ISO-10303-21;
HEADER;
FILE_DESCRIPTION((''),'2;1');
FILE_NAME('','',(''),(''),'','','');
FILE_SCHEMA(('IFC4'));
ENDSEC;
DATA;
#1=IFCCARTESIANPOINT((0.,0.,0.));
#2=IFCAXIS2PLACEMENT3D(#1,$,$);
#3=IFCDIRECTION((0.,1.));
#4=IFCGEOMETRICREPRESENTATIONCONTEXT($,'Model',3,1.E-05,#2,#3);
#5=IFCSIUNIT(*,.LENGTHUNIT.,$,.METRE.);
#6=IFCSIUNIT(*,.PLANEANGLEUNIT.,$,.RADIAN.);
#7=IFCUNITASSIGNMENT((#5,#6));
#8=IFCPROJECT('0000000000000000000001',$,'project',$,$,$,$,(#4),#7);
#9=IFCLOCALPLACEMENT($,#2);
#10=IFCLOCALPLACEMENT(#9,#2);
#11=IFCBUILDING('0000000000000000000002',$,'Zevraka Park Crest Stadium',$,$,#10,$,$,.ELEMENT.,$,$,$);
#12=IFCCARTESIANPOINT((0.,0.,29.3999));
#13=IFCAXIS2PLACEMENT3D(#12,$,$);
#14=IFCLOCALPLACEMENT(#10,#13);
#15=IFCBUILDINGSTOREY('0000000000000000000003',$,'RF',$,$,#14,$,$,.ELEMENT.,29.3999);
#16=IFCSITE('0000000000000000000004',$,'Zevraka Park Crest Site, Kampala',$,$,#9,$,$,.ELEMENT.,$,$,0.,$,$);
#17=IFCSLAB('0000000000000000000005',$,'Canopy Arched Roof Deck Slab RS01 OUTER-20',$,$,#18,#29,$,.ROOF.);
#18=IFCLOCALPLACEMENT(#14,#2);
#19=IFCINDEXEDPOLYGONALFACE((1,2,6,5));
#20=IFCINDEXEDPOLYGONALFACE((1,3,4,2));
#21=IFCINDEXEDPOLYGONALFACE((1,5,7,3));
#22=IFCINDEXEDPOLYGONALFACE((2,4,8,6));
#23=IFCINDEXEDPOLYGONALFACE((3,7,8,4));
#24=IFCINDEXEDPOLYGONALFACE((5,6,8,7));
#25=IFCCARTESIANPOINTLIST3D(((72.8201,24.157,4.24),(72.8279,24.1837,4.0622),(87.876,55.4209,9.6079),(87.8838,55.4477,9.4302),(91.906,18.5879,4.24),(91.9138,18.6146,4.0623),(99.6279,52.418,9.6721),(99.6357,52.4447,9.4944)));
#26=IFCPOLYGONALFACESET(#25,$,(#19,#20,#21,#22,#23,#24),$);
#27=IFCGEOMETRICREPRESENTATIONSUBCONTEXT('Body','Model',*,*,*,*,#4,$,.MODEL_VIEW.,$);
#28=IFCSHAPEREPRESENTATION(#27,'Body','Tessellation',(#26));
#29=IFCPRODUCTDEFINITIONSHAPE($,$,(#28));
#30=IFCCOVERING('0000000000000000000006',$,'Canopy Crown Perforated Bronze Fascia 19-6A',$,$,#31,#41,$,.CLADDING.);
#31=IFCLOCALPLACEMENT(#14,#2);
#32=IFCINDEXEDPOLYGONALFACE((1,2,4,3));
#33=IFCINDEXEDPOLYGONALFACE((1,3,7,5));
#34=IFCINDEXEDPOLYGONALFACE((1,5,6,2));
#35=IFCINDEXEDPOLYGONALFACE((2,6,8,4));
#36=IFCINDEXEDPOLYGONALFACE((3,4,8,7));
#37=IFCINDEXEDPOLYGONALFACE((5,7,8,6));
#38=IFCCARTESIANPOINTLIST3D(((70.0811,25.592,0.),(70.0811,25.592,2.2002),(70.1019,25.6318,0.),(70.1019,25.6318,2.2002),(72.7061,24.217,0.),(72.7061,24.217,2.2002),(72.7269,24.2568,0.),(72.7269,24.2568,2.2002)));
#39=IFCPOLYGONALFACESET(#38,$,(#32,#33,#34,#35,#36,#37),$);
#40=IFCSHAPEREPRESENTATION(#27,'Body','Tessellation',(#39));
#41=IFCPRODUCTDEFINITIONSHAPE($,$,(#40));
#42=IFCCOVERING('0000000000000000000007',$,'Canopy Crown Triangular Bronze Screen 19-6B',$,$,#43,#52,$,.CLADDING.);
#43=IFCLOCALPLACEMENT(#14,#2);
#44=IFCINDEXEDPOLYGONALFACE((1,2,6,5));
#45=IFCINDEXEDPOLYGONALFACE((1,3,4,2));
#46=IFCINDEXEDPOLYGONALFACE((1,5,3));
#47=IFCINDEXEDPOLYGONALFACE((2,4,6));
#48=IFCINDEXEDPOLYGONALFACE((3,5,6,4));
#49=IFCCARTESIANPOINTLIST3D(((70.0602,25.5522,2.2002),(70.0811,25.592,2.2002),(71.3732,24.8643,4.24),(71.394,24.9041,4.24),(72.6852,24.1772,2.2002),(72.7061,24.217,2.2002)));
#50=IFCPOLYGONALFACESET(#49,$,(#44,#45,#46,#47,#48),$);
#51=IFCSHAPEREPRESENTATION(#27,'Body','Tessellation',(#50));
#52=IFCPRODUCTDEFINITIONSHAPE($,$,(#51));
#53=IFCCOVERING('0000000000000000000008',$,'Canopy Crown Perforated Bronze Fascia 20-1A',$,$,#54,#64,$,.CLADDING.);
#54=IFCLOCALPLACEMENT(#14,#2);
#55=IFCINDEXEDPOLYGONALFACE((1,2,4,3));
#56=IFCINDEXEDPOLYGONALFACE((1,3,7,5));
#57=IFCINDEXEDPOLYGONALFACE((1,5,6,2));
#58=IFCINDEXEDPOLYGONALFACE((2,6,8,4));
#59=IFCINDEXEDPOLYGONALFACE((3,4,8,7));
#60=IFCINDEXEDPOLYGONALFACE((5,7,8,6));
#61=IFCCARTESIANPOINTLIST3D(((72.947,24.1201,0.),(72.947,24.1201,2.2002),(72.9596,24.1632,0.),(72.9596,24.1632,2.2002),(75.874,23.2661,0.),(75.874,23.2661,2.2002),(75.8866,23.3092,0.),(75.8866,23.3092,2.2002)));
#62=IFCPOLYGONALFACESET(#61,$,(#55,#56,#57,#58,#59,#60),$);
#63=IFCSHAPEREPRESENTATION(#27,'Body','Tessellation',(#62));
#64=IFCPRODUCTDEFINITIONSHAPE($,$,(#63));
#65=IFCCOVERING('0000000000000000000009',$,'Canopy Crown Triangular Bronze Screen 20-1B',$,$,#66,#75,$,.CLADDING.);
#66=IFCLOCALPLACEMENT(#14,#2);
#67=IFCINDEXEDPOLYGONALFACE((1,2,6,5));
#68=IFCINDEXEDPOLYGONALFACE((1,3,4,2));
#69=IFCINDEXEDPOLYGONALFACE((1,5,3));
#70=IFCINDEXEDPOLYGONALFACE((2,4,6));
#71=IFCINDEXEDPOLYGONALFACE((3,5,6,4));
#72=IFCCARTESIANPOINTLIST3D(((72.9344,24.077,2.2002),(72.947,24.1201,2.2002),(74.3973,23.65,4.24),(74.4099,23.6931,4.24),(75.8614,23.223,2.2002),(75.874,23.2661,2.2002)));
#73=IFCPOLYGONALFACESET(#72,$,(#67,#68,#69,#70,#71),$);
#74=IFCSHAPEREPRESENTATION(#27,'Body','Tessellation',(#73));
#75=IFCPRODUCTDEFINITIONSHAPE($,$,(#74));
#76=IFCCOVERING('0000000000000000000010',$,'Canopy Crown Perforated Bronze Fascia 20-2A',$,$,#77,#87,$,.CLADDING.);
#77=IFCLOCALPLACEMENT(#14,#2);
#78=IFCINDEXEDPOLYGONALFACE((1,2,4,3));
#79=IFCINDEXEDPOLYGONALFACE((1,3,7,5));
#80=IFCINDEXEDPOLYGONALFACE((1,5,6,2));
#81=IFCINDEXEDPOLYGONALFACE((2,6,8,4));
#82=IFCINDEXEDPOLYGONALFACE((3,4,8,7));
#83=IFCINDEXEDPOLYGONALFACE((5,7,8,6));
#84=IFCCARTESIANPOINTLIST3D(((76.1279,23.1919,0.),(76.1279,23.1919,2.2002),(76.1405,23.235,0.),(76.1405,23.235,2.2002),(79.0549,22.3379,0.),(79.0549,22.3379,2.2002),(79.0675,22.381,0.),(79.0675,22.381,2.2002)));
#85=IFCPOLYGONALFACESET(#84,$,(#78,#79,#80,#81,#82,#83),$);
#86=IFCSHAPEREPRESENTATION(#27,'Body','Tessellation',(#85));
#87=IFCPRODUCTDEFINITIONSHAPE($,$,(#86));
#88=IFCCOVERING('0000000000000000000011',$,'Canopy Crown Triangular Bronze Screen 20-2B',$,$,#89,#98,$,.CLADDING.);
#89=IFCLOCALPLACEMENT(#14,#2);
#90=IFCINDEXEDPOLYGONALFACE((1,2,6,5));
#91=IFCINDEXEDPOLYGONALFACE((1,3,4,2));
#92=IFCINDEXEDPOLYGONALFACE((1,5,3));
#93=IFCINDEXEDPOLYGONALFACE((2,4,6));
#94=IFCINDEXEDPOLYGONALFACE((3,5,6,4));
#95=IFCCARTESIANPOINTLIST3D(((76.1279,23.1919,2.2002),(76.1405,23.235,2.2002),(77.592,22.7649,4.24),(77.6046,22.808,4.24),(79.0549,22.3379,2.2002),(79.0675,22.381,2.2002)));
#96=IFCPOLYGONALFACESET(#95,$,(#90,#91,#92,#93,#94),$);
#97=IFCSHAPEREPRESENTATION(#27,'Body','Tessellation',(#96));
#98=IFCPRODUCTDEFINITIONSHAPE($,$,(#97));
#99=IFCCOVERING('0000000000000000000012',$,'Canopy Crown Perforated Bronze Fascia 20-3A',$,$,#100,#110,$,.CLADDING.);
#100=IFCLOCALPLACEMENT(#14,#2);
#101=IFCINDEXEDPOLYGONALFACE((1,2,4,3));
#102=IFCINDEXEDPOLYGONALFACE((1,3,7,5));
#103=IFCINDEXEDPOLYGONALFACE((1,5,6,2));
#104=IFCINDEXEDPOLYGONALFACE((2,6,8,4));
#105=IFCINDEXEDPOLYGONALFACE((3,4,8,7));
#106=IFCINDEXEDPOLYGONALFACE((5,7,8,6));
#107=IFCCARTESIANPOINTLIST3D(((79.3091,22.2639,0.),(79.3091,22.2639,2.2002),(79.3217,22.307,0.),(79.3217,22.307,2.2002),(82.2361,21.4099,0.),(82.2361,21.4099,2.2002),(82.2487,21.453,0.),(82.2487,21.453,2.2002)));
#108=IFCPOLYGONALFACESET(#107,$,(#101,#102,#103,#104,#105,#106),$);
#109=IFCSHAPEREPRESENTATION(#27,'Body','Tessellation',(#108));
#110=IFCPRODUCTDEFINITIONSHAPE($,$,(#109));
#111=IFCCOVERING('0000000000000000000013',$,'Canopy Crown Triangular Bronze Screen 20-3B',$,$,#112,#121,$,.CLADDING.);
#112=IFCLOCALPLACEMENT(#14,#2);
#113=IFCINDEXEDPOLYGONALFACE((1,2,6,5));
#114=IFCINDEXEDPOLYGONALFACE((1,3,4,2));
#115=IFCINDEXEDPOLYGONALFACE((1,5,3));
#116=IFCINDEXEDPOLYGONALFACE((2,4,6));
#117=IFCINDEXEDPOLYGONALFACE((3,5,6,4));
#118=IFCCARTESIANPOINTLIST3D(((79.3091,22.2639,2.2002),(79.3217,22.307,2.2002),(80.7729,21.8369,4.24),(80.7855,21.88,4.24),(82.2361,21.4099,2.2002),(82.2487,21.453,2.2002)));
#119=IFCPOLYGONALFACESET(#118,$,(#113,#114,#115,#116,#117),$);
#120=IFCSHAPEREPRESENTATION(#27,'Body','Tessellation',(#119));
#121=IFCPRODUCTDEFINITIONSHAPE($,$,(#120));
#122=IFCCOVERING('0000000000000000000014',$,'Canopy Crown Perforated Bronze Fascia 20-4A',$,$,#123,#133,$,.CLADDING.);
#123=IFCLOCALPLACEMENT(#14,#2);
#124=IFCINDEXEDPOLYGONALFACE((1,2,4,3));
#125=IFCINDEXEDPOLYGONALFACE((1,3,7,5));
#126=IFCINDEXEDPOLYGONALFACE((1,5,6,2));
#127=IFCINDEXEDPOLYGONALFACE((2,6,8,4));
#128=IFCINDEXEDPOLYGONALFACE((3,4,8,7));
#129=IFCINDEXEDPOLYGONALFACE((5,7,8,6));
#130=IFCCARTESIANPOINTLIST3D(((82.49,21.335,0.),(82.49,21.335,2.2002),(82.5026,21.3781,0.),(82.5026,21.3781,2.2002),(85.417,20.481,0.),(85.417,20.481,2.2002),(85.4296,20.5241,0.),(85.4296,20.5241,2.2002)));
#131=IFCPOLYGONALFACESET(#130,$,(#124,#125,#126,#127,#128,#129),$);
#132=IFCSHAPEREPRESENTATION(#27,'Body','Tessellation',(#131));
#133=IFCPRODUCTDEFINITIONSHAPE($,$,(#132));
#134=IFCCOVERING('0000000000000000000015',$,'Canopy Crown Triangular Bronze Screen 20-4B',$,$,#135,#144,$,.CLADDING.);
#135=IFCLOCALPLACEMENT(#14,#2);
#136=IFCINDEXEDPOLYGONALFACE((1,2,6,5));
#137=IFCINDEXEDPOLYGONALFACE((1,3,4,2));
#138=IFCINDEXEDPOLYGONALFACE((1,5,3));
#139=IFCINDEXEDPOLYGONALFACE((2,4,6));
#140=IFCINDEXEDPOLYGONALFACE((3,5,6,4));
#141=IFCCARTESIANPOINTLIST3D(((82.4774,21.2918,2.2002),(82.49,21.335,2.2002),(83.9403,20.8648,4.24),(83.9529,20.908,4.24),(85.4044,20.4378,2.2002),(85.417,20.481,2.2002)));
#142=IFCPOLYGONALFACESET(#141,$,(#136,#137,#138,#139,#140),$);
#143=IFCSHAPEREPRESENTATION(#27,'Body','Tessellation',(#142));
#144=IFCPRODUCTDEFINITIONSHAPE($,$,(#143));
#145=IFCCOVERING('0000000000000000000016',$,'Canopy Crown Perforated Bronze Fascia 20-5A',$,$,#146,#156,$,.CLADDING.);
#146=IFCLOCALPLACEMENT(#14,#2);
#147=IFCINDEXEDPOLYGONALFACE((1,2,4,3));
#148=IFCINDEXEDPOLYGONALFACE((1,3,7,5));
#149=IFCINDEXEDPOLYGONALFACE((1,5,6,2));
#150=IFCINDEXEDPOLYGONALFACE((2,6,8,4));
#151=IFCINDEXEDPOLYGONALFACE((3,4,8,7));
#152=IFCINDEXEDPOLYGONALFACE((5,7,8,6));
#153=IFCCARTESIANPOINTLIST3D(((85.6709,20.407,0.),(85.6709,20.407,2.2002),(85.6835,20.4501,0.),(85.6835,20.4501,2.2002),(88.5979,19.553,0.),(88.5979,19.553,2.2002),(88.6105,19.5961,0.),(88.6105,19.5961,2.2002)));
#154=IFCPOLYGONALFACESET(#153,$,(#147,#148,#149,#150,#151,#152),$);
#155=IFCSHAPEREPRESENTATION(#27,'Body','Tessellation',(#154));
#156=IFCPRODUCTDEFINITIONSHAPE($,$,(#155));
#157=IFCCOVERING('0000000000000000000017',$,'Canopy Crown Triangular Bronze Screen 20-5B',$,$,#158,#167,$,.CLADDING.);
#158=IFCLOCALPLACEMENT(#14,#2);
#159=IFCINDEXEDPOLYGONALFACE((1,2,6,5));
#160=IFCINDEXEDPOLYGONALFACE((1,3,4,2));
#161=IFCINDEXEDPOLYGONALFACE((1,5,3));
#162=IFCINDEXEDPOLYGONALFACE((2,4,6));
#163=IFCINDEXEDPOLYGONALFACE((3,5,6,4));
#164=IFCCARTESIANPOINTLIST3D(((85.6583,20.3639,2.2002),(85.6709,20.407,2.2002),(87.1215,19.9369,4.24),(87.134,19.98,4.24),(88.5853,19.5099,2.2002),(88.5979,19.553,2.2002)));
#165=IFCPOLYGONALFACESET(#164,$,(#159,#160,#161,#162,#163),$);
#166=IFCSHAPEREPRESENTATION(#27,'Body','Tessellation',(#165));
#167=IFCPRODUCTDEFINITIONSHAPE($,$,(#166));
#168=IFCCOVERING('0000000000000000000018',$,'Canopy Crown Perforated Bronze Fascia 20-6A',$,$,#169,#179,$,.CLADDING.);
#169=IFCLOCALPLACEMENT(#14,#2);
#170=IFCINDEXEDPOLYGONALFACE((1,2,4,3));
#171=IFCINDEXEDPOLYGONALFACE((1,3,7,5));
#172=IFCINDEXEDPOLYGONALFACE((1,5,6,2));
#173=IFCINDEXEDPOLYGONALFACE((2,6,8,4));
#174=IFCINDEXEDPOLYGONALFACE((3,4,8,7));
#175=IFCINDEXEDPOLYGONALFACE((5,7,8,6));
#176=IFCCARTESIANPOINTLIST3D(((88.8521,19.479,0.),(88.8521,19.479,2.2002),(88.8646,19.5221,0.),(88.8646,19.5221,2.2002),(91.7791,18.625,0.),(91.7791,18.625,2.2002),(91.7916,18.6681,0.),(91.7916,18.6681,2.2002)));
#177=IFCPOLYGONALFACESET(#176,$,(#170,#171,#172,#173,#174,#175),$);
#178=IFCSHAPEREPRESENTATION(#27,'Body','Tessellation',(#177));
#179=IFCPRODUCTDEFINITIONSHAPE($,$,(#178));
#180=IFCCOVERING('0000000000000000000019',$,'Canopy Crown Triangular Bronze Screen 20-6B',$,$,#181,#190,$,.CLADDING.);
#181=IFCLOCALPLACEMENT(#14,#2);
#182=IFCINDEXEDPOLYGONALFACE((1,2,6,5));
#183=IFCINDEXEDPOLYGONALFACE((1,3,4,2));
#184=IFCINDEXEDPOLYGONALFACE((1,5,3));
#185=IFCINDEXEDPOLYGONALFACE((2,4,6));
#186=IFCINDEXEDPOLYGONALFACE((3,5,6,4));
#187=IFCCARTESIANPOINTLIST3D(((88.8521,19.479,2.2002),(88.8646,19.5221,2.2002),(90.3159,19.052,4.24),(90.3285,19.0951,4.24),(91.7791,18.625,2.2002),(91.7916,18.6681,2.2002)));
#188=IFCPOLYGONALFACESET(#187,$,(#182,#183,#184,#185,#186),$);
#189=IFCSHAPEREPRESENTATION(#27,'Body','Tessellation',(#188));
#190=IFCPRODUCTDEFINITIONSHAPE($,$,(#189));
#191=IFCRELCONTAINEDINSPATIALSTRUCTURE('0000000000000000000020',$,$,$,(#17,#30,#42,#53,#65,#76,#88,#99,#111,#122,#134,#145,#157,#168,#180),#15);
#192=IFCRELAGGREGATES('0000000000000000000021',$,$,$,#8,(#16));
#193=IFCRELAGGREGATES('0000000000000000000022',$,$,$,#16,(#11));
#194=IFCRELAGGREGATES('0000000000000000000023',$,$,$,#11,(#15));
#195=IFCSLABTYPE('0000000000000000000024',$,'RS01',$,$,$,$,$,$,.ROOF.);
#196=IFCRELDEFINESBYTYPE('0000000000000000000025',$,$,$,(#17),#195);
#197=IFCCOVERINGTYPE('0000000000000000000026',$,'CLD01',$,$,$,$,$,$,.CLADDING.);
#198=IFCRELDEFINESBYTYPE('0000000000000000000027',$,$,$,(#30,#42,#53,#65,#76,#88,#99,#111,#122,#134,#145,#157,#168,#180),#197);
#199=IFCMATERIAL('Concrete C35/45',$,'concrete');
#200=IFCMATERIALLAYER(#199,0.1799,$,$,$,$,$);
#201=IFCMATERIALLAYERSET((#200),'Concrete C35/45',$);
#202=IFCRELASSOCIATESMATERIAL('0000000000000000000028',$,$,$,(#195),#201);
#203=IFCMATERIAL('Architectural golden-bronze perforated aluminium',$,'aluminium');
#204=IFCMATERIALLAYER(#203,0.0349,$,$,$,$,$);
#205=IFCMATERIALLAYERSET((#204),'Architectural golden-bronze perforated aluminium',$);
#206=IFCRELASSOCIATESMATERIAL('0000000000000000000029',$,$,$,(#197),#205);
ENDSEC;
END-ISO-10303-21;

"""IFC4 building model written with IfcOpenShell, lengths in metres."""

from ifc_helpers import new_model, si_unit, direction, frame, origin, place, context, subcontext, project, spatial, polyline, outline, extrude, material, layer, layer_set, type_object, element, save


model = new_model("IFC4")

# Units and contexts
model_context = context("Model", 3, precision=1e-05, world=origin(), true_north=direction((0.0, 1.0)))
body_context = subcontext(model_context, "Body", "Model", "MODEL_VIEW")
ifc_project = project(units=[si_unit("LENGTHUNIT", "METRE"), si_unit("PLANEANGLEUNIT", "RADIAN")], contexts=[model_context])

# Site, building, storey
site_placement = place(None, origin())
site = spatial("IfcSite", under=ifc_project, at=site_placement, Name="Zevraka Park Crest Site, Kampala", CompositionType="ELEMENT", RefElevation=0.0)
building_placement = place(site_placement, origin())
building = spatial("IfcBuilding", under=site, at=building_placement, Name="Zevraka Park Crest Stadium", CompositionType="ELEMENT")
storey_placement = place(building_placement, frame((0.0, 0.0, 29.3999)))
storey = spatial("IfcBuildingStorey", under=building, at=storey_placement, Name="RF", CompositionType="ELEMENT", Elevation=29.3999)

# Slab
ifc_material_1 = material(Name="Concrete C35/45", Category="concrete")
ifc_layer_1 = layer(ifc_material_1, 0.1799)
ifc_layer_set_1 = layer_set([ifc_layer_1], Name="Concrete C35/45")
slab_type = type_object("IfcSlabType", Name="RS01", PredefinedType="ROOF", material=ifc_layer_set_1)
slab_placement = place(storey_placement, frame((72.8201, 24.157, 4.24), z_axis=(-0.043398, -0.148725, 0.987926), x_axis=(0.959968, -0.28011, 0.000002)))
element("IfcSlab", 1, at=slab_placement, inside=storey, type_object=slab_type, Name="Canopy Arched Roof Deck Slab RS01 OUTER-20", PredefinedType="ROOF", context=body_context, shape_type="SweptSolid", body=[
    extrude(outline(polyline([(0.0, 0.0), (19.8818, 0.0), (17.8185, 35.0621), (5.6959, 34.648), (0.0, 0.0)])), origin(), (0.0, 0.0, -1.0), 0.1799),
])

# Coverings
ifc_material_2 = material(Name="Architectural golden-bronze perforated aluminium", Category="aluminium")
ifc_layer_2 = layer(ifc_material_2, 0.0349)
ifc_layer_set_2 = layer_set([ifc_layer_2], Name="Architectural golden-bronze perforated aluminium")
covering_type_1 = type_object("IfcCoveringType", Name="CLD01", PredefinedType="CLADDING", material=ifc_layer_set_2)
covering_1_placement = place(storey_placement, frame((70.0811, 25.592, 0.0), z_axis=(-0.464007, -0.885832, 0.0), x_axis=(0.885832, -0.464007, 0.0)))
element("IfcCovering", 2, at=covering_1_placement, inside=storey, type_object=covering_type_1, Name="Canopy Crown Perforated Bronze Fascia 19-6A", PredefinedType="CLADDING", context=body_context, shape_type="SweptSolid", body=[
    extrude(outline(polyline([(0.0, 0.0), (2.9633, 0.0), (2.9633, 2.2002), (0.0, 2.2002), (0.0, 0.0)])), origin(), (0.0, 0.0, -1.0), 0.0449),
])
covering_2_placement = place(storey_placement, frame((70.0811, 25.592, 2.2002), z_axis=(0.464007, 0.885832, 0.000101), x_axis=(0.885832, -0.464007, 0.0)))
element("IfcCovering", 3, at=covering_2_placement, inside=storey, type_object=covering_type_1, Name="Canopy Crown Triangular Bronze Screen 19-6B", PredefinedType="CLADDING", context=body_context, shape_type="SweptSolid", body=[
    extrude(outline(polyline([(0.0, 0.0), (2.9633, 0.0), (1.4823, -2.0398), (0.0, 0.0)])), origin(), (0.0, 0.0, -1.0), 0.0449),
])
covering_3_placement = place(storey_placement, frame((72.947, 24.1201, 0.0), z_axis=(-0.280089, -0.959974, 0.0), x_axis=(0.959974, -0.280089, 0.0)))
element("IfcCovering", 4, at=covering_3_placement, inside=storey, type_object=covering_type_1, Name="Canopy Crown Perforated Bronze Fascia 20-1A", PredefinedType="CLADDING", context=body_context, shape_type="SweptSolid", body=[
    extrude(outline(polyline([(0.0, 0.0), (3.049, 0.0), (3.049, 2.2002), (0.0, 2.2002), (0.0, 0.0)])), origin(), (0.0, 0.0, -1.0), 0.0449),
])
covering_4_placement = place(storey_placement, frame((72.947, 24.1201, 2.2002), z_axis=(0.280089, 0.959974, 0.000084), x_axis=(0.959974, -0.280089, 0.0)))
element("IfcCovering", 5, at=covering_4_placement, inside=storey, type_object=covering_type_1, Name="Canopy Crown Triangular Bronze Screen 20-1B", PredefinedType="CLADDING", context=body_context, shape_type="SweptSolid", body=[
    extrude(outline(polyline([(0.0, 0.0), (3.049, 0.0), (1.5239, -2.0398), (0.0, 0.0)])), origin(), (0.0, 0.0, -1.0), 0.0449),
])
covering_5_placement = place(storey_placement, frame((76.1279, 23.1919, 0.0), z_axis=(-0.280089, -0.959974, 0.0), x_axis=(0.959974, -0.280089, 0.0)))
element("IfcCovering", 6, at=covering_5_placement, inside=storey, type_object=covering_type_1, Name="Canopy Crown Perforated Bronze Fascia 20-2A", PredefinedType="CLADDING", context=body_context, shape_type="SweptSolid", body=[
    extrude(outline(polyline([(0.0, 0.0), (3.049, 0.0), (3.049, 2.2002), (0.0, 2.2002), (0.0, 0.0)])), origin(), (0.0, 0.0, -1.0), 0.0449),
])
covering_6_placement = place(storey_placement, frame((76.1279, 23.1919, 2.2002), z_axis=(-0.280089, -0.959974, 0.000084), x_axis=(0.959974, -0.280089, 0.0)))
element("IfcCovering", 7, at=covering_6_placement, inside=storey, type_object=covering_type_1, Name="Canopy Crown Triangular Bronze Screen 20-2B", PredefinedType="CLADDING", context=body_context, shape_type="SweptSolid", body=[
    extrude(outline(polyline([(0.0, 0.0), (3.049, 0.0), (1.5251, 2.0398), (0.0, 0.0)])), origin(), (0.0, 0.0, -1.0), 0.0449),
])
covering_7_placement = place(storey_placement, frame((79.3091, 22.2639, 0.0), z_axis=(-0.280089, -0.959974, 0.0), x_axis=(0.959974, -0.280089, 0.0)))
element("IfcCovering", 8, at=covering_7_placement, inside=storey, type_object=covering_type_1, Name="Canopy Crown Perforated Bronze Fascia 20-3A", PredefinedType="CLADDING", context=body_context, shape_type="SweptSolid", body=[
    extrude(outline(polyline([(0.0, 0.0), (3.049, 0.0), (3.049, 2.2002), (0.0, 2.2002), (0.0, 0.0)])), origin(), (0.0, 0.0, -1.0), 0.0449),
])
covering_8_placement = place(storey_placement, frame((79.3091, 22.2639, 2.2002), z_axis=(-0.280089, -0.959974, 0.00005), x_axis=(0.959974, -0.280089, 0.0)))
element("IfcCovering", 9, at=covering_8_placement, inside=storey, type_object=covering_type_1, Name="Canopy Crown Triangular Bronze Screen 20-3B", PredefinedType="CLADDING", context=body_context, shape_type="SweptSolid", body=[
    extrude(outline(polyline([(0.0, 0.0), (3.049, 0.0), (1.5249, 2.0398), (0.0, 0.0)])), origin(), (0.0, 0.0, -1.0), 0.0449),
])
covering_9_placement = place(storey_placement, frame((82.49, 21.335, 0.0), z_axis=(-0.280089, -0.959974, 0.0), x_axis=(0.959974, -0.280089, 0.0)))
element("IfcCovering", 10, at=covering_9_placement, inside=storey, type_object=covering_type_1, Name="Canopy Crown Perforated Bronze Fascia 20-4A", PredefinedType="CLADDING", context=body_context, shape_type="SweptSolid", body=[
    extrude(outline(polyline([(0.0, 0.0), (3.049, 0.0), (3.049, 2.2002), (0.0, 2.2002), (0.0, 0.0)])), origin(), (0.0, 0.0, -1.0), 0.0449),
])
covering_10_placement = place(storey_placement, frame((82.49, 21.335, 2.2002), z_axis=(0.280089, 0.959974, 0.000084), x_axis=(0.959974, -0.280089, 0.0)))
element("IfcCovering", 11, at=covering_10_placement, inside=storey, type_object=covering_type_1, Name="Canopy Crown Triangular Bronze Screen 20-4B", PredefinedType="CLADDING", context=body_context, shape_type="SweptSolid", body=[
    extrude(outline(polyline([(0.0, 0.0), (3.049, 0.0), (1.5239, -2.0398), (0.0, 0.0)])), origin(), (0.0, 0.0, -1.0), 0.0449),
])
covering_11_placement = place(storey_placement, frame((85.6709, 20.407, 0.0), z_axis=(-0.280089, -0.959974, 0.0), x_axis=(0.959974, -0.280089, 0.0)))
element("IfcCovering", 12, at=covering_11_placement, inside=storey, type_object=covering_type_1, Name="Canopy Crown Perforated Bronze Fascia 20-5A", PredefinedType="CLADDING", context=body_context, shape_type="SweptSolid", body=[
    extrude(outline(polyline([(0.0, 0.0), (3.049, 0.0), (3.049, 2.2002), (0.0, 2.2002), (0.0, 0.0)])), origin(), (0.0, 0.0, -1.0), 0.0449),
])
covering_12_placement = place(storey_placement, frame((85.6709, 20.407, 2.2002), z_axis=(0.280089, 0.959974, 0.00005), x_axis=(0.959974, -0.280089, 0.0)))
element("IfcCovering", 13, at=covering_12_placement, inside=storey, type_object=covering_type_1, Name="Canopy Crown Triangular Bronze Screen 20-5B", PredefinedType="CLADDING", context=body_context, shape_type="SweptSolid", body=[
    extrude(outline(polyline([(0.0, 0.0), (3.049, 0.0), (1.5242, -2.0398), (0.0, 0.0)])), origin(), (0.0, 0.0, -1.0), 0.0449),
])
covering_13_placement = place(storey_placement, frame((88.8521, 19.479, 0.0), z_axis=(-0.280089, -0.959974, 0.0), x_axis=(0.959974, -0.280089, 0.0)))
element("IfcCovering", 14, at=covering_13_placement, inside=storey, type_object=covering_type_1, Name="Canopy Crown Perforated Bronze Fascia 20-6A", PredefinedType="CLADDING", context=body_context, shape_type="SweptSolid", body=[
    extrude(outline(polyline([(0.0, 0.0), (3.049, 0.0), (3.049, 2.2002), (0.0, 2.2002), (0.0, 0.0)])), origin(), (0.0, 0.0, -1.0), 0.0449),
])
covering_14_placement = place(storey_placement, frame((88.8521, 19.479, 2.2002), z_axis=(-0.280089, -0.959974, 0.00005), x_axis=(0.959974, -0.280089, 0.0)))
element("IfcCovering", 15, at=covering_14_placement, inside=storey, type_object=covering_type_1, Name="Canopy Crown Triangular Bronze Screen 20-6B", PredefinedType="CLADDING", context=body_context, shape_type="SweptSolid", body=[
    extrude(outline(polyline([(0.0, 0.0), (3.049, 0.0), (1.5249, 2.0398), (0.0, 0.0)])), origin(), (0.0, 0.0, -1.0), 0.0449),
])

save(model, "model.ifc")
